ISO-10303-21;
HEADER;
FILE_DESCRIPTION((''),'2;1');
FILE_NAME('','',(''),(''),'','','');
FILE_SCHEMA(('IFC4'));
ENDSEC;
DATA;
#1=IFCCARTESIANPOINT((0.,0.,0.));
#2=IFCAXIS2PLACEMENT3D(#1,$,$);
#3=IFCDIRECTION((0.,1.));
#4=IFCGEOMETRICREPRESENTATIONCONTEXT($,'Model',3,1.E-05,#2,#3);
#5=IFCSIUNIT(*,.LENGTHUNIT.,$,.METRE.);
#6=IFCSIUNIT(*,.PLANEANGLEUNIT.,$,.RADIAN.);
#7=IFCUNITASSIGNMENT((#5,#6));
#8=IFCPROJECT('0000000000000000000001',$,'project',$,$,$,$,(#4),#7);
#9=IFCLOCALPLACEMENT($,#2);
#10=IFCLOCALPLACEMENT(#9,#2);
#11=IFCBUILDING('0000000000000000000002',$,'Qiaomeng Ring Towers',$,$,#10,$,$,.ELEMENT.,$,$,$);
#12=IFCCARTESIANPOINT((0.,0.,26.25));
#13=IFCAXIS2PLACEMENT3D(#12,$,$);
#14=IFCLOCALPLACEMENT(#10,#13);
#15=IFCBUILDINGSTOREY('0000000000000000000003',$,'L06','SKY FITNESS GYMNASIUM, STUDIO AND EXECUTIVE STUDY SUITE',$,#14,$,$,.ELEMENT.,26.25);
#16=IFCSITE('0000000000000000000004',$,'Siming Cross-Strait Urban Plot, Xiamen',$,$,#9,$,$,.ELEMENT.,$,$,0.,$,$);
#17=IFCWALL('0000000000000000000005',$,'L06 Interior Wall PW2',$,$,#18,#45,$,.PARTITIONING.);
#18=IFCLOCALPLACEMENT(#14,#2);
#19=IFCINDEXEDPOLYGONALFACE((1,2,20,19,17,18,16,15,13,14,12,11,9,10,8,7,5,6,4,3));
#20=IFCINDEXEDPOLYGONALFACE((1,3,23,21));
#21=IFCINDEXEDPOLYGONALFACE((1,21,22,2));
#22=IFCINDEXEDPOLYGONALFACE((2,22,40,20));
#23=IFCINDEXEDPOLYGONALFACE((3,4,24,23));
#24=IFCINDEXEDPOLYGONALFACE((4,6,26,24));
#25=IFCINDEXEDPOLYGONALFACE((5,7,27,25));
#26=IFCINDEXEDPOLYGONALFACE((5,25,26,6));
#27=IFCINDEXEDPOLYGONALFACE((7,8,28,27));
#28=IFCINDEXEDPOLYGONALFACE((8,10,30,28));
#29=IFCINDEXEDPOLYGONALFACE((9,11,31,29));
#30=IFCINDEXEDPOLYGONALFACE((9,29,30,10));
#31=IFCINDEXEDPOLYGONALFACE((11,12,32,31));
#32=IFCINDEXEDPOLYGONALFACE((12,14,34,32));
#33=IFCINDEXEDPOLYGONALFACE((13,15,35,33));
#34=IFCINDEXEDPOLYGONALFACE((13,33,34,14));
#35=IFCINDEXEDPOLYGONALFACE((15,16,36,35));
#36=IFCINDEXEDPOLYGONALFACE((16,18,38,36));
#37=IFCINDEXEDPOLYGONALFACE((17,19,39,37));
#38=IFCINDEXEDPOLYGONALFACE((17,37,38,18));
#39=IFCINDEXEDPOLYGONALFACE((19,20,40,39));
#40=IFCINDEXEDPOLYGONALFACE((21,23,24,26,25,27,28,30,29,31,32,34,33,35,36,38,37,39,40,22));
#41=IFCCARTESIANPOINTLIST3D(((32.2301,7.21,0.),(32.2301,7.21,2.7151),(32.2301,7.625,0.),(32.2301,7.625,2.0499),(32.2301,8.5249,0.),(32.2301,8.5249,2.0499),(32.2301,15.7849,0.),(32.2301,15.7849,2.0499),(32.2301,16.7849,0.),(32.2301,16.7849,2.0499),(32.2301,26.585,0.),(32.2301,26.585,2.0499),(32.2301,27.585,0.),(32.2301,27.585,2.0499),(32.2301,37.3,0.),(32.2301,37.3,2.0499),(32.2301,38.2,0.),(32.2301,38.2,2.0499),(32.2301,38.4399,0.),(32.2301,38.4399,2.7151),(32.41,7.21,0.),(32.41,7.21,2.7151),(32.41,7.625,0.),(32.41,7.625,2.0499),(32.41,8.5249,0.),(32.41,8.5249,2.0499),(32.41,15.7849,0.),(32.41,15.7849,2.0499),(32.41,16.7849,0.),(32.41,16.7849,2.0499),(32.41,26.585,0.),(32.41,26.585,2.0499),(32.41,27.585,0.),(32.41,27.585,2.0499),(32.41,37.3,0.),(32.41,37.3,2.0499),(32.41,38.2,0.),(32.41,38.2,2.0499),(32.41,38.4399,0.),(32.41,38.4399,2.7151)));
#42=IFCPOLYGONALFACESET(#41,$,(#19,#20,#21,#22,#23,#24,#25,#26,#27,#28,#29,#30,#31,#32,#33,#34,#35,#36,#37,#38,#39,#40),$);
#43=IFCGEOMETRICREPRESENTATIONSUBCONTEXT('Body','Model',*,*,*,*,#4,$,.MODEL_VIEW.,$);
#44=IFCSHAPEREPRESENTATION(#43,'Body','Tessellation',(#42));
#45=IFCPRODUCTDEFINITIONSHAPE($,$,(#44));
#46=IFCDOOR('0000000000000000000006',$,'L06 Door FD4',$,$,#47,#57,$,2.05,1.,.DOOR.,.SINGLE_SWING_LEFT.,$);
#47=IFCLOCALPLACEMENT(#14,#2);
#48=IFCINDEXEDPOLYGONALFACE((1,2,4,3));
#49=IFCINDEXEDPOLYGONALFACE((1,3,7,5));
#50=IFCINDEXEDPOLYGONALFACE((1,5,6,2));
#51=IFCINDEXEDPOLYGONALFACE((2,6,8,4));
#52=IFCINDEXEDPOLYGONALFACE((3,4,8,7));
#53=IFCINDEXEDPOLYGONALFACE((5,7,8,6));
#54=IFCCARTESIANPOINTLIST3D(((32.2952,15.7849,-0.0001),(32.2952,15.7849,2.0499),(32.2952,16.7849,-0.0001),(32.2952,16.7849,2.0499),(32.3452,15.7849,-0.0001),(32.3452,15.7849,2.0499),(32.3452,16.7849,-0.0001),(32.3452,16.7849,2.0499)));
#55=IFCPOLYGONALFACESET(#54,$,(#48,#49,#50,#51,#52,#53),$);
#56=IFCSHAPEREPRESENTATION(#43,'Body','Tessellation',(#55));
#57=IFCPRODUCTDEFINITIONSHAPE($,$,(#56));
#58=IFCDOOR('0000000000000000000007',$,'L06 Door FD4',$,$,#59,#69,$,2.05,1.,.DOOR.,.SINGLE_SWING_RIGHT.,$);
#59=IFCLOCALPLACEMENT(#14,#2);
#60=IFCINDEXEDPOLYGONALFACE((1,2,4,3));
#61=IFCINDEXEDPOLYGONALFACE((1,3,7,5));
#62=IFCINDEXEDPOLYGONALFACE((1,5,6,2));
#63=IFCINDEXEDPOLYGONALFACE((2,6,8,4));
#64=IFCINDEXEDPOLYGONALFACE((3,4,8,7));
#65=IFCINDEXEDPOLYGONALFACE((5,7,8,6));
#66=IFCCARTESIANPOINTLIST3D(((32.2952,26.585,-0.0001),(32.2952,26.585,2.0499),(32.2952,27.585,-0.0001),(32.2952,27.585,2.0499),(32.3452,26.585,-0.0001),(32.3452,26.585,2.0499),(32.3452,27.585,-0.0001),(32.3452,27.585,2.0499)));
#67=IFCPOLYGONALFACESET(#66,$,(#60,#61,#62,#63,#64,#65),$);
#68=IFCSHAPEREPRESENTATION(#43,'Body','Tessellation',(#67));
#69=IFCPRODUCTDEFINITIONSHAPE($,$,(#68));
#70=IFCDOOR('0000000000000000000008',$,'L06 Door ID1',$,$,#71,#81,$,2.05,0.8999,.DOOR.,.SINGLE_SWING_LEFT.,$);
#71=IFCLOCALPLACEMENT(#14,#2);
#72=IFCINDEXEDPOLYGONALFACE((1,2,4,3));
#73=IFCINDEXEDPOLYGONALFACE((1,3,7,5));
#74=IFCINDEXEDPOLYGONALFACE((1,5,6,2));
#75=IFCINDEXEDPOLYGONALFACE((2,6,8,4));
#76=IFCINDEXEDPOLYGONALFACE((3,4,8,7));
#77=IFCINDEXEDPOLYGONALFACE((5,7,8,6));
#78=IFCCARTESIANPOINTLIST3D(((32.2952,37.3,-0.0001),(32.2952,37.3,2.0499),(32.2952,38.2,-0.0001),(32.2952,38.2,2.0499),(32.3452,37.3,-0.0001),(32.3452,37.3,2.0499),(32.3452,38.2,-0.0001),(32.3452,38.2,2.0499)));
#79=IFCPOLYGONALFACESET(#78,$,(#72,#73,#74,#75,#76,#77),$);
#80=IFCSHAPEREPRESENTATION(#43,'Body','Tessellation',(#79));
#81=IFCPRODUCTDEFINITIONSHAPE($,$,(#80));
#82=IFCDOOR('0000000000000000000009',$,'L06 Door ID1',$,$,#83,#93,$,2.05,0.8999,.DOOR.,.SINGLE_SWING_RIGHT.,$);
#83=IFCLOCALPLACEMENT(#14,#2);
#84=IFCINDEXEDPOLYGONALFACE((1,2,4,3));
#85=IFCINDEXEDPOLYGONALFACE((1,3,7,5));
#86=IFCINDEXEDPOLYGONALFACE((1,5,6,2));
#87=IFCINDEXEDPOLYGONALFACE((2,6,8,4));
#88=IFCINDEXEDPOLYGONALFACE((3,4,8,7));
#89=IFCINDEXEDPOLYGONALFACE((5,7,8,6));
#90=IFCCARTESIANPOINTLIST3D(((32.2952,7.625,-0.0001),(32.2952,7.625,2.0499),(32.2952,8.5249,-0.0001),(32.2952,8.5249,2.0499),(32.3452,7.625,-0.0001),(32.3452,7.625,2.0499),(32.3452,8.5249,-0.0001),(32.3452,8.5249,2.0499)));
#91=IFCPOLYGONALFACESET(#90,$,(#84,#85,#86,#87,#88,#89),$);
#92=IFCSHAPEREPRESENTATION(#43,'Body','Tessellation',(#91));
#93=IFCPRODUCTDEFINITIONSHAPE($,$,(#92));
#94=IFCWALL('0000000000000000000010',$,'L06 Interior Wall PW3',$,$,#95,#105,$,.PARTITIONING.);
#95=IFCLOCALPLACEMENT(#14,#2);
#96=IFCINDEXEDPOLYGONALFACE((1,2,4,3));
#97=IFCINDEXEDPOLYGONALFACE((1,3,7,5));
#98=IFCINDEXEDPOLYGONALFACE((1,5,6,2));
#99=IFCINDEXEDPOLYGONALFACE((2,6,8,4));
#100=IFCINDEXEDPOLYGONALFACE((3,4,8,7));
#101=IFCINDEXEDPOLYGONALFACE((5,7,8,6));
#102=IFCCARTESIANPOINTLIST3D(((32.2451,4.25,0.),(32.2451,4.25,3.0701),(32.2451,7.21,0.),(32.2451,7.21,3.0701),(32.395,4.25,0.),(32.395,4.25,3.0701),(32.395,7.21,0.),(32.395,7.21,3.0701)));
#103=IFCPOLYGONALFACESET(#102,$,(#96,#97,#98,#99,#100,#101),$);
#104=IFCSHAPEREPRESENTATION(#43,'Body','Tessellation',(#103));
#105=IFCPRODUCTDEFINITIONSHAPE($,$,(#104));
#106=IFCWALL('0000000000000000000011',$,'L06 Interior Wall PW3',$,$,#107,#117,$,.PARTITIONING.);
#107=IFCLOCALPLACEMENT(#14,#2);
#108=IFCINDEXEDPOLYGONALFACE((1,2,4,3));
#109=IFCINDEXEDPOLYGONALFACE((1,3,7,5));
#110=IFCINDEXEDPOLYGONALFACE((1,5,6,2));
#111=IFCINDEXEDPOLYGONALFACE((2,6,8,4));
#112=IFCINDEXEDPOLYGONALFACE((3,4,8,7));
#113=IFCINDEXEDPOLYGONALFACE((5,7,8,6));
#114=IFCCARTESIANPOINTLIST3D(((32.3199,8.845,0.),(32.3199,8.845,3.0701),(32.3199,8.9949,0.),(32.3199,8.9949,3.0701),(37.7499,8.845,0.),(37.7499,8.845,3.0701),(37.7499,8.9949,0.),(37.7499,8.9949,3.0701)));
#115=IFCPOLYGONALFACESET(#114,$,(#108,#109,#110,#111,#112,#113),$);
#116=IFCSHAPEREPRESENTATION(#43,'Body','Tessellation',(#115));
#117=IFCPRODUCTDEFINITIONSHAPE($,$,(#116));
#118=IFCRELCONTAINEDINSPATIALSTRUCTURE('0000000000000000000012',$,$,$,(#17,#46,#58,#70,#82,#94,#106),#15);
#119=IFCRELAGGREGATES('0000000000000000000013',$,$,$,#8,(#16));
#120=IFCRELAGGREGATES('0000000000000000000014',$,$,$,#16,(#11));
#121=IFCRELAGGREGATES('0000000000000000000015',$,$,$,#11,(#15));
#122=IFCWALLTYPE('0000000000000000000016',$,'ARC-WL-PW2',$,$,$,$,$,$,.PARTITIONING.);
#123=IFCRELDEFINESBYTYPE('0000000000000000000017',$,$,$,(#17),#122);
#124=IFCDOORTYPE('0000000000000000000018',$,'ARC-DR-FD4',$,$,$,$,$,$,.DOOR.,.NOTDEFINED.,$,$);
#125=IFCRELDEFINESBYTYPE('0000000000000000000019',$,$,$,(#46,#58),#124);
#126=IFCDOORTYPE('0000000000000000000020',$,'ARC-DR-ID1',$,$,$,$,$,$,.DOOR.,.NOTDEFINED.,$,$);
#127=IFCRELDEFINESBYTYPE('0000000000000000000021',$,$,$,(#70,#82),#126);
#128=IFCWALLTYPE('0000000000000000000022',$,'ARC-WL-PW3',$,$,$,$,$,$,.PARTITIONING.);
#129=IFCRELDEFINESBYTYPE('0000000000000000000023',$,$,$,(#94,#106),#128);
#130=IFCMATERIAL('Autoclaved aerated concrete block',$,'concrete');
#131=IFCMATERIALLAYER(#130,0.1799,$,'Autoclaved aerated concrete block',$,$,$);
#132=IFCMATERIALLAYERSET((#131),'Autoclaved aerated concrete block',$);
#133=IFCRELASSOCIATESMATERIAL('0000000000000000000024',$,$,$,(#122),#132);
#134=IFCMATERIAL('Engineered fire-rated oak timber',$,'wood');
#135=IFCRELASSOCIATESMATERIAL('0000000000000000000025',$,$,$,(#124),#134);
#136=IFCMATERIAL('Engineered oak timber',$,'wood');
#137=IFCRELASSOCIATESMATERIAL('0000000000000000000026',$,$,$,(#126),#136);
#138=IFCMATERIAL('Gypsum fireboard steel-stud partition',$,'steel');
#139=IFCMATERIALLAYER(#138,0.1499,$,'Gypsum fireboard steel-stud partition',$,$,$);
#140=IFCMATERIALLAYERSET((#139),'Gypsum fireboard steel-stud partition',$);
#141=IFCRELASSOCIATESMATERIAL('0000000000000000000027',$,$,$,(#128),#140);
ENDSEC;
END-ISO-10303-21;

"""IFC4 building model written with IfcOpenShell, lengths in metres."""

from ifc_helpers import new_model, si_unit, direction, frame, frame_2d, origin, place, context, subcontext, project, spatial, rectangle, extrude, source, transform, mapped, material, layer, layer_set, type_object, element, fill, save


model = new_model("IFC4")

# Units and contexts
model_context = context("Model", 3, precision=1e-05, world=origin(), true_north=direction((0.0, 1.0)))
body_context = subcontext(model_context, "Body", "Model", "MODEL_VIEW")
ifc_project = project(units=[si_unit("LENGTHUNIT", "METRE"), si_unit("PLANEANGLEUNIT", "RADIAN")], contexts=[model_context])

# Site, building, storey
site_placement = place(None, origin())
site = spatial("IfcSite", under=ifc_project, at=site_placement, Name="Siming Cross-Strait Urban Plot, Xiamen", CompositionType="ELEMENT", RefElevation=0.0)
building_placement = place(site_placement, origin())
building = spatial("IfcBuilding", under=site, at=building_placement, Name="Qiaomeng Ring Towers", CompositionType="ELEMENT")
storey_placement = place(building_placement, frame((0.0, 0.0, 26.25)))
storey = spatial("IfcBuildingStorey", under=building, at=storey_placement, Name="L06", Description="SKY FITNESS GYMNASIUM, STUDIO AND EXECUTIVE STUDY SUITE", CompositionType="ELEMENT", Elevation=26.25)

# Wall, openings, doors
ifc_material_1 = material(Name="Autoclaved aerated concrete block", Category="concrete")
ifc_layer_1 = layer(ifc_material_1, 0.1799, Name="Autoclaved aerated concrete block")
ifc_layer_set_1 = layer_set([ifc_layer_1], Name="Autoclaved aerated concrete block")
wall_type_1 = type_object("IfcWallType", Name="ARC-WL-PW2", PredefinedType="PARTITIONING", material=ifc_layer_set_1)
wall_1_placement = place(storey_placement, frame((32.3201, 7.21, 0.0), z_axis=(0.0, 0.0, 1.0), x_axis=(0.0, 1.0, 0.0)))
wall_1 = element("IfcWall", 1, at=wall_1_placement, inside=storey, type_object=wall_type_1, Name="L06 Interior Wall PW2", PredefinedType="PARTITIONING", context=body_context, shape_type="SweptSolid", body=[
    extrude(rectangle(XDim=31.23, YDim=0.1799, at=frame_2d((15.615, 0.0))), origin(), (0.0, 0.0, 1.0), 2.7151),
])
opening_1_placement = place(wall_1_placement, frame((30.0901, 0.0, 0.0)))
opening_1 = element("IfcOpeningElement", 2, at=opening_1_placement, cuts=wall_1, PredefinedType="OPENING", context=body_context, shape_type="SweptSolid", body=[
    extrude(rectangle(XDim=0.8999, YDim=2.05, at=frame_2d((0.45, 1.0249))), frame((0.0, 0.0999, 0.0), z_axis=(0.0, -1.0, 0.0), x_axis=(1.0, 0.0, 0.0)), (0.0, 0.0, 1.0), 0.2),
])
opening_2_placement = place(wall_1_placement, frame((0.415, 0.0, 0.0)))
opening_2 = element("IfcOpeningElement", 3, at=opening_2_placement, cuts=wall_1, PredefinedType="OPENING", context=body_context, shape_type="SweptSolid", body=[
    extrude(rectangle(XDim=0.8999, YDim=2.05, at=frame_2d((0.45, 1.0249))), frame((0.0, 0.0999, 0.0), z_axis=(0.0, -1.0, 0.0), x_axis=(1.0, 0.0, 0.0)), (0.0, 0.0, 1.0), 0.2),
])
opening_3_placement = place(wall_1_placement, frame((8.575, 0.0, 0.0)))
opening_3 = element("IfcOpeningElement", 4, at=opening_3_placement, cuts=wall_1, PredefinedType="OPENING", context=body_context, shape_type="SweptSolid", body=[
    extrude(rectangle(XDim=1.0, YDim=2.05, at=frame_2d((0.5, 1.0249))), frame((0.0, 0.0999, 0.0), z_axis=(0.0, -1.0, 0.0), x_axis=(1.0, 0.0, 0.0)), (0.0, 0.0, 1.0), 0.2),
])
opening_4_placement = place(wall_1_placement, frame((19.375, 0.0, 0.0)))
opening_4 = element("IfcOpeningElement", 5, at=opening_4_placement, cuts=wall_1, PredefinedType="OPENING", context=body_context, shape_type="SweptSolid", body=[
    extrude(rectangle(XDim=1.0, YDim=2.05, at=frame_2d((0.5, 1.0249))), frame((0.0, 0.0999, 0.0), z_axis=(0.0, -1.0, 0.0), x_axis=(1.0, 0.0, 0.0)), (0.0, 0.0, 1.0), 0.2),
])
ifc_material_2 = material(Name="Engineered fire-rated oak timber", Category="wood")
door_type_1 = type_object("IfcDoorType", Name="ARC-DR-FD4", OperationType="NOTDEFINED", PredefinedType="DOOR", material=ifc_material_2)
shared_shape_1 = source(origin(), body_context, "Body", "SweptSolid", [
    extrude(rectangle(XDim=1.0, YDim=2.05, at=frame_2d((0.5, 1.0249))), frame((0.0, 0.0249, 0.0), z_axis=(0.0, -1.0, 0.0), x_axis=(1.0, 0.0, 0.0)), (0.0, 0.0, 1.0), 0.05),
])
door_1_placement = place(opening_3_placement, origin())
door_1 = element("IfcDoor", 6, at=door_1_placement, inside=storey, type_object=door_type_1, Name="L06 Door FD4", OperationType="SINGLE_SWING_LEFT", OverallHeight=2.05, OverallWidth=1.0, PredefinedType="DOOR", context=body_context, shape_type="MappedRepresentation", body=[
    mapped(shared_shape_1, transform((0.0, 0.0, 0.0), x_axis=(1.0, 0.0, 0.0), y_axis=(0.0, 1.0, 0.0), z_axis=(0.0, 0.0, 1.0), scale=1.0)),
])
fill(opening_3, door_1)
door_2_placement = place(opening_4_placement, origin())
door_2 = element("IfcDoor", 7, at=door_2_placement, inside=storey, type_object=door_type_1, Name="L06 Door FD4", OperationType="SINGLE_SWING_RIGHT", OverallHeight=2.05, OverallWidth=1.0, PredefinedType="DOOR", context=body_context, shape_type="MappedRepresentation", body=[
    mapped(shared_shape_1, transform((0.0, 0.0, 0.0), x_axis=(1.0, 0.0, 0.0), y_axis=(0.0, 1.0, 0.0), z_axis=(0.0, 0.0, 1.0), scale=1.0)),
])
fill(opening_4, door_2)
ifc_material_3 = material(Name="Engineered oak timber", Category="wood")
door_type_2 = type_object("IfcDoorType", Name="ARC-DR-ID1", OperationType="NOTDEFINED", PredefinedType="DOOR", material=ifc_material_3)
shared_shape_2 = source(origin(), body_context, "Body", "SweptSolid", [
    extrude(rectangle(XDim=0.8999, YDim=2.05, at=frame_2d((0.45, 1.0249))), frame((0.0, 0.0249, 0.0), z_axis=(0.0, -1.0, 0.0), x_axis=(1.0, 0.0, 0.0)), (0.0, 0.0, 1.0), 0.05),
])
door_3_placement = place(opening_1_placement, origin())
door_3 = element("IfcDoor", 8, at=door_3_placement, inside=storey, type_object=door_type_2, Name="L06 Door ID1", OperationType="SINGLE_SWING_LEFT", OverallHeight=2.05, OverallWidth=0.8999, PredefinedType="DOOR", context=body_context, shape_type="MappedRepresentation", body=[
    mapped(shared_shape_2, transform((0.0, 0.0, 0.0), x_axis=(1.0, 0.0, 0.0), y_axis=(0.0, 1.0, 0.0), z_axis=(0.0, 0.0, 1.0), scale=1.0)),
])
fill(opening_1, door_3)
door_4_placement = place(opening_2_placement, origin())
door_4 = element("IfcDoor", 9, at=door_4_placement, inside=storey, type_object=door_type_2, Name="L06 Door ID1", OperationType="SINGLE_SWING_RIGHT", OverallHeight=2.05, OverallWidth=0.8999, PredefinedType="DOOR", context=body_context, shape_type="MappedRepresentation", body=[
    mapped(shared_shape_2, transform((0.0, 0.0, 0.0), x_axis=(1.0, 0.0, 0.0), y_axis=(0.0, 1.0, 0.0), z_axis=(0.0, 0.0, 1.0), scale=1.0)),
])
fill(opening_2, door_4)

# Walls
ifc_material_4 = material(Name="Gypsum fireboard steel-stud partition", Category="steel")
ifc_layer_2 = layer(ifc_material_4, 0.1499, Name="Gypsum fireboard steel-stud partition")
ifc_layer_set_2 = layer_set([ifc_layer_2], Name="Gypsum fireboard steel-stud partition")
wall_type_2 = type_object("IfcWallType", Name="ARC-WL-PW3", PredefinedType="PARTITIONING", material=ifc_layer_set_2)
wall_2_placement = place(storey_placement, frame((32.3201, 4.25, 0.0), z_axis=(0.0, 0.0, 1.0), x_axis=(0.0, 1.0, 0.0)))
element("IfcWall", 10, at=wall_2_placement, inside=storey, type_object=wall_type_2, Name="L06 Interior Wall PW3", PredefinedType="PARTITIONING", context=body_context, shape_type="SweptSolid", body=[
    extrude(rectangle(XDim=2.96, YDim=0.1499, at=frame_2d((1.48, 0.0))), origin(), (0.0, 0.0, 1.0), 3.0701),
])
wall_3_placement = place(storey_placement, frame((32.3201, 8.9199, 0.0), z_axis=(0.0, 0.0, 1.0), x_axis=(1.0, 0.0, 0.0)))
element("IfcWall", 11, at=wall_3_placement, inside=storey, type_object=wall_type_2, Name="L06 Interior Wall PW3", PredefinedType="PARTITIONING", context=body_context, shape_type="SweptSolid", body=[
    extrude(rectangle(XDim=5.4299, YDim=0.1499, at=frame_2d((2.7148, 0.0))), origin(), (0.0, 0.0, 1.0), 3.0701),
])

save(model, "model.ifc")
